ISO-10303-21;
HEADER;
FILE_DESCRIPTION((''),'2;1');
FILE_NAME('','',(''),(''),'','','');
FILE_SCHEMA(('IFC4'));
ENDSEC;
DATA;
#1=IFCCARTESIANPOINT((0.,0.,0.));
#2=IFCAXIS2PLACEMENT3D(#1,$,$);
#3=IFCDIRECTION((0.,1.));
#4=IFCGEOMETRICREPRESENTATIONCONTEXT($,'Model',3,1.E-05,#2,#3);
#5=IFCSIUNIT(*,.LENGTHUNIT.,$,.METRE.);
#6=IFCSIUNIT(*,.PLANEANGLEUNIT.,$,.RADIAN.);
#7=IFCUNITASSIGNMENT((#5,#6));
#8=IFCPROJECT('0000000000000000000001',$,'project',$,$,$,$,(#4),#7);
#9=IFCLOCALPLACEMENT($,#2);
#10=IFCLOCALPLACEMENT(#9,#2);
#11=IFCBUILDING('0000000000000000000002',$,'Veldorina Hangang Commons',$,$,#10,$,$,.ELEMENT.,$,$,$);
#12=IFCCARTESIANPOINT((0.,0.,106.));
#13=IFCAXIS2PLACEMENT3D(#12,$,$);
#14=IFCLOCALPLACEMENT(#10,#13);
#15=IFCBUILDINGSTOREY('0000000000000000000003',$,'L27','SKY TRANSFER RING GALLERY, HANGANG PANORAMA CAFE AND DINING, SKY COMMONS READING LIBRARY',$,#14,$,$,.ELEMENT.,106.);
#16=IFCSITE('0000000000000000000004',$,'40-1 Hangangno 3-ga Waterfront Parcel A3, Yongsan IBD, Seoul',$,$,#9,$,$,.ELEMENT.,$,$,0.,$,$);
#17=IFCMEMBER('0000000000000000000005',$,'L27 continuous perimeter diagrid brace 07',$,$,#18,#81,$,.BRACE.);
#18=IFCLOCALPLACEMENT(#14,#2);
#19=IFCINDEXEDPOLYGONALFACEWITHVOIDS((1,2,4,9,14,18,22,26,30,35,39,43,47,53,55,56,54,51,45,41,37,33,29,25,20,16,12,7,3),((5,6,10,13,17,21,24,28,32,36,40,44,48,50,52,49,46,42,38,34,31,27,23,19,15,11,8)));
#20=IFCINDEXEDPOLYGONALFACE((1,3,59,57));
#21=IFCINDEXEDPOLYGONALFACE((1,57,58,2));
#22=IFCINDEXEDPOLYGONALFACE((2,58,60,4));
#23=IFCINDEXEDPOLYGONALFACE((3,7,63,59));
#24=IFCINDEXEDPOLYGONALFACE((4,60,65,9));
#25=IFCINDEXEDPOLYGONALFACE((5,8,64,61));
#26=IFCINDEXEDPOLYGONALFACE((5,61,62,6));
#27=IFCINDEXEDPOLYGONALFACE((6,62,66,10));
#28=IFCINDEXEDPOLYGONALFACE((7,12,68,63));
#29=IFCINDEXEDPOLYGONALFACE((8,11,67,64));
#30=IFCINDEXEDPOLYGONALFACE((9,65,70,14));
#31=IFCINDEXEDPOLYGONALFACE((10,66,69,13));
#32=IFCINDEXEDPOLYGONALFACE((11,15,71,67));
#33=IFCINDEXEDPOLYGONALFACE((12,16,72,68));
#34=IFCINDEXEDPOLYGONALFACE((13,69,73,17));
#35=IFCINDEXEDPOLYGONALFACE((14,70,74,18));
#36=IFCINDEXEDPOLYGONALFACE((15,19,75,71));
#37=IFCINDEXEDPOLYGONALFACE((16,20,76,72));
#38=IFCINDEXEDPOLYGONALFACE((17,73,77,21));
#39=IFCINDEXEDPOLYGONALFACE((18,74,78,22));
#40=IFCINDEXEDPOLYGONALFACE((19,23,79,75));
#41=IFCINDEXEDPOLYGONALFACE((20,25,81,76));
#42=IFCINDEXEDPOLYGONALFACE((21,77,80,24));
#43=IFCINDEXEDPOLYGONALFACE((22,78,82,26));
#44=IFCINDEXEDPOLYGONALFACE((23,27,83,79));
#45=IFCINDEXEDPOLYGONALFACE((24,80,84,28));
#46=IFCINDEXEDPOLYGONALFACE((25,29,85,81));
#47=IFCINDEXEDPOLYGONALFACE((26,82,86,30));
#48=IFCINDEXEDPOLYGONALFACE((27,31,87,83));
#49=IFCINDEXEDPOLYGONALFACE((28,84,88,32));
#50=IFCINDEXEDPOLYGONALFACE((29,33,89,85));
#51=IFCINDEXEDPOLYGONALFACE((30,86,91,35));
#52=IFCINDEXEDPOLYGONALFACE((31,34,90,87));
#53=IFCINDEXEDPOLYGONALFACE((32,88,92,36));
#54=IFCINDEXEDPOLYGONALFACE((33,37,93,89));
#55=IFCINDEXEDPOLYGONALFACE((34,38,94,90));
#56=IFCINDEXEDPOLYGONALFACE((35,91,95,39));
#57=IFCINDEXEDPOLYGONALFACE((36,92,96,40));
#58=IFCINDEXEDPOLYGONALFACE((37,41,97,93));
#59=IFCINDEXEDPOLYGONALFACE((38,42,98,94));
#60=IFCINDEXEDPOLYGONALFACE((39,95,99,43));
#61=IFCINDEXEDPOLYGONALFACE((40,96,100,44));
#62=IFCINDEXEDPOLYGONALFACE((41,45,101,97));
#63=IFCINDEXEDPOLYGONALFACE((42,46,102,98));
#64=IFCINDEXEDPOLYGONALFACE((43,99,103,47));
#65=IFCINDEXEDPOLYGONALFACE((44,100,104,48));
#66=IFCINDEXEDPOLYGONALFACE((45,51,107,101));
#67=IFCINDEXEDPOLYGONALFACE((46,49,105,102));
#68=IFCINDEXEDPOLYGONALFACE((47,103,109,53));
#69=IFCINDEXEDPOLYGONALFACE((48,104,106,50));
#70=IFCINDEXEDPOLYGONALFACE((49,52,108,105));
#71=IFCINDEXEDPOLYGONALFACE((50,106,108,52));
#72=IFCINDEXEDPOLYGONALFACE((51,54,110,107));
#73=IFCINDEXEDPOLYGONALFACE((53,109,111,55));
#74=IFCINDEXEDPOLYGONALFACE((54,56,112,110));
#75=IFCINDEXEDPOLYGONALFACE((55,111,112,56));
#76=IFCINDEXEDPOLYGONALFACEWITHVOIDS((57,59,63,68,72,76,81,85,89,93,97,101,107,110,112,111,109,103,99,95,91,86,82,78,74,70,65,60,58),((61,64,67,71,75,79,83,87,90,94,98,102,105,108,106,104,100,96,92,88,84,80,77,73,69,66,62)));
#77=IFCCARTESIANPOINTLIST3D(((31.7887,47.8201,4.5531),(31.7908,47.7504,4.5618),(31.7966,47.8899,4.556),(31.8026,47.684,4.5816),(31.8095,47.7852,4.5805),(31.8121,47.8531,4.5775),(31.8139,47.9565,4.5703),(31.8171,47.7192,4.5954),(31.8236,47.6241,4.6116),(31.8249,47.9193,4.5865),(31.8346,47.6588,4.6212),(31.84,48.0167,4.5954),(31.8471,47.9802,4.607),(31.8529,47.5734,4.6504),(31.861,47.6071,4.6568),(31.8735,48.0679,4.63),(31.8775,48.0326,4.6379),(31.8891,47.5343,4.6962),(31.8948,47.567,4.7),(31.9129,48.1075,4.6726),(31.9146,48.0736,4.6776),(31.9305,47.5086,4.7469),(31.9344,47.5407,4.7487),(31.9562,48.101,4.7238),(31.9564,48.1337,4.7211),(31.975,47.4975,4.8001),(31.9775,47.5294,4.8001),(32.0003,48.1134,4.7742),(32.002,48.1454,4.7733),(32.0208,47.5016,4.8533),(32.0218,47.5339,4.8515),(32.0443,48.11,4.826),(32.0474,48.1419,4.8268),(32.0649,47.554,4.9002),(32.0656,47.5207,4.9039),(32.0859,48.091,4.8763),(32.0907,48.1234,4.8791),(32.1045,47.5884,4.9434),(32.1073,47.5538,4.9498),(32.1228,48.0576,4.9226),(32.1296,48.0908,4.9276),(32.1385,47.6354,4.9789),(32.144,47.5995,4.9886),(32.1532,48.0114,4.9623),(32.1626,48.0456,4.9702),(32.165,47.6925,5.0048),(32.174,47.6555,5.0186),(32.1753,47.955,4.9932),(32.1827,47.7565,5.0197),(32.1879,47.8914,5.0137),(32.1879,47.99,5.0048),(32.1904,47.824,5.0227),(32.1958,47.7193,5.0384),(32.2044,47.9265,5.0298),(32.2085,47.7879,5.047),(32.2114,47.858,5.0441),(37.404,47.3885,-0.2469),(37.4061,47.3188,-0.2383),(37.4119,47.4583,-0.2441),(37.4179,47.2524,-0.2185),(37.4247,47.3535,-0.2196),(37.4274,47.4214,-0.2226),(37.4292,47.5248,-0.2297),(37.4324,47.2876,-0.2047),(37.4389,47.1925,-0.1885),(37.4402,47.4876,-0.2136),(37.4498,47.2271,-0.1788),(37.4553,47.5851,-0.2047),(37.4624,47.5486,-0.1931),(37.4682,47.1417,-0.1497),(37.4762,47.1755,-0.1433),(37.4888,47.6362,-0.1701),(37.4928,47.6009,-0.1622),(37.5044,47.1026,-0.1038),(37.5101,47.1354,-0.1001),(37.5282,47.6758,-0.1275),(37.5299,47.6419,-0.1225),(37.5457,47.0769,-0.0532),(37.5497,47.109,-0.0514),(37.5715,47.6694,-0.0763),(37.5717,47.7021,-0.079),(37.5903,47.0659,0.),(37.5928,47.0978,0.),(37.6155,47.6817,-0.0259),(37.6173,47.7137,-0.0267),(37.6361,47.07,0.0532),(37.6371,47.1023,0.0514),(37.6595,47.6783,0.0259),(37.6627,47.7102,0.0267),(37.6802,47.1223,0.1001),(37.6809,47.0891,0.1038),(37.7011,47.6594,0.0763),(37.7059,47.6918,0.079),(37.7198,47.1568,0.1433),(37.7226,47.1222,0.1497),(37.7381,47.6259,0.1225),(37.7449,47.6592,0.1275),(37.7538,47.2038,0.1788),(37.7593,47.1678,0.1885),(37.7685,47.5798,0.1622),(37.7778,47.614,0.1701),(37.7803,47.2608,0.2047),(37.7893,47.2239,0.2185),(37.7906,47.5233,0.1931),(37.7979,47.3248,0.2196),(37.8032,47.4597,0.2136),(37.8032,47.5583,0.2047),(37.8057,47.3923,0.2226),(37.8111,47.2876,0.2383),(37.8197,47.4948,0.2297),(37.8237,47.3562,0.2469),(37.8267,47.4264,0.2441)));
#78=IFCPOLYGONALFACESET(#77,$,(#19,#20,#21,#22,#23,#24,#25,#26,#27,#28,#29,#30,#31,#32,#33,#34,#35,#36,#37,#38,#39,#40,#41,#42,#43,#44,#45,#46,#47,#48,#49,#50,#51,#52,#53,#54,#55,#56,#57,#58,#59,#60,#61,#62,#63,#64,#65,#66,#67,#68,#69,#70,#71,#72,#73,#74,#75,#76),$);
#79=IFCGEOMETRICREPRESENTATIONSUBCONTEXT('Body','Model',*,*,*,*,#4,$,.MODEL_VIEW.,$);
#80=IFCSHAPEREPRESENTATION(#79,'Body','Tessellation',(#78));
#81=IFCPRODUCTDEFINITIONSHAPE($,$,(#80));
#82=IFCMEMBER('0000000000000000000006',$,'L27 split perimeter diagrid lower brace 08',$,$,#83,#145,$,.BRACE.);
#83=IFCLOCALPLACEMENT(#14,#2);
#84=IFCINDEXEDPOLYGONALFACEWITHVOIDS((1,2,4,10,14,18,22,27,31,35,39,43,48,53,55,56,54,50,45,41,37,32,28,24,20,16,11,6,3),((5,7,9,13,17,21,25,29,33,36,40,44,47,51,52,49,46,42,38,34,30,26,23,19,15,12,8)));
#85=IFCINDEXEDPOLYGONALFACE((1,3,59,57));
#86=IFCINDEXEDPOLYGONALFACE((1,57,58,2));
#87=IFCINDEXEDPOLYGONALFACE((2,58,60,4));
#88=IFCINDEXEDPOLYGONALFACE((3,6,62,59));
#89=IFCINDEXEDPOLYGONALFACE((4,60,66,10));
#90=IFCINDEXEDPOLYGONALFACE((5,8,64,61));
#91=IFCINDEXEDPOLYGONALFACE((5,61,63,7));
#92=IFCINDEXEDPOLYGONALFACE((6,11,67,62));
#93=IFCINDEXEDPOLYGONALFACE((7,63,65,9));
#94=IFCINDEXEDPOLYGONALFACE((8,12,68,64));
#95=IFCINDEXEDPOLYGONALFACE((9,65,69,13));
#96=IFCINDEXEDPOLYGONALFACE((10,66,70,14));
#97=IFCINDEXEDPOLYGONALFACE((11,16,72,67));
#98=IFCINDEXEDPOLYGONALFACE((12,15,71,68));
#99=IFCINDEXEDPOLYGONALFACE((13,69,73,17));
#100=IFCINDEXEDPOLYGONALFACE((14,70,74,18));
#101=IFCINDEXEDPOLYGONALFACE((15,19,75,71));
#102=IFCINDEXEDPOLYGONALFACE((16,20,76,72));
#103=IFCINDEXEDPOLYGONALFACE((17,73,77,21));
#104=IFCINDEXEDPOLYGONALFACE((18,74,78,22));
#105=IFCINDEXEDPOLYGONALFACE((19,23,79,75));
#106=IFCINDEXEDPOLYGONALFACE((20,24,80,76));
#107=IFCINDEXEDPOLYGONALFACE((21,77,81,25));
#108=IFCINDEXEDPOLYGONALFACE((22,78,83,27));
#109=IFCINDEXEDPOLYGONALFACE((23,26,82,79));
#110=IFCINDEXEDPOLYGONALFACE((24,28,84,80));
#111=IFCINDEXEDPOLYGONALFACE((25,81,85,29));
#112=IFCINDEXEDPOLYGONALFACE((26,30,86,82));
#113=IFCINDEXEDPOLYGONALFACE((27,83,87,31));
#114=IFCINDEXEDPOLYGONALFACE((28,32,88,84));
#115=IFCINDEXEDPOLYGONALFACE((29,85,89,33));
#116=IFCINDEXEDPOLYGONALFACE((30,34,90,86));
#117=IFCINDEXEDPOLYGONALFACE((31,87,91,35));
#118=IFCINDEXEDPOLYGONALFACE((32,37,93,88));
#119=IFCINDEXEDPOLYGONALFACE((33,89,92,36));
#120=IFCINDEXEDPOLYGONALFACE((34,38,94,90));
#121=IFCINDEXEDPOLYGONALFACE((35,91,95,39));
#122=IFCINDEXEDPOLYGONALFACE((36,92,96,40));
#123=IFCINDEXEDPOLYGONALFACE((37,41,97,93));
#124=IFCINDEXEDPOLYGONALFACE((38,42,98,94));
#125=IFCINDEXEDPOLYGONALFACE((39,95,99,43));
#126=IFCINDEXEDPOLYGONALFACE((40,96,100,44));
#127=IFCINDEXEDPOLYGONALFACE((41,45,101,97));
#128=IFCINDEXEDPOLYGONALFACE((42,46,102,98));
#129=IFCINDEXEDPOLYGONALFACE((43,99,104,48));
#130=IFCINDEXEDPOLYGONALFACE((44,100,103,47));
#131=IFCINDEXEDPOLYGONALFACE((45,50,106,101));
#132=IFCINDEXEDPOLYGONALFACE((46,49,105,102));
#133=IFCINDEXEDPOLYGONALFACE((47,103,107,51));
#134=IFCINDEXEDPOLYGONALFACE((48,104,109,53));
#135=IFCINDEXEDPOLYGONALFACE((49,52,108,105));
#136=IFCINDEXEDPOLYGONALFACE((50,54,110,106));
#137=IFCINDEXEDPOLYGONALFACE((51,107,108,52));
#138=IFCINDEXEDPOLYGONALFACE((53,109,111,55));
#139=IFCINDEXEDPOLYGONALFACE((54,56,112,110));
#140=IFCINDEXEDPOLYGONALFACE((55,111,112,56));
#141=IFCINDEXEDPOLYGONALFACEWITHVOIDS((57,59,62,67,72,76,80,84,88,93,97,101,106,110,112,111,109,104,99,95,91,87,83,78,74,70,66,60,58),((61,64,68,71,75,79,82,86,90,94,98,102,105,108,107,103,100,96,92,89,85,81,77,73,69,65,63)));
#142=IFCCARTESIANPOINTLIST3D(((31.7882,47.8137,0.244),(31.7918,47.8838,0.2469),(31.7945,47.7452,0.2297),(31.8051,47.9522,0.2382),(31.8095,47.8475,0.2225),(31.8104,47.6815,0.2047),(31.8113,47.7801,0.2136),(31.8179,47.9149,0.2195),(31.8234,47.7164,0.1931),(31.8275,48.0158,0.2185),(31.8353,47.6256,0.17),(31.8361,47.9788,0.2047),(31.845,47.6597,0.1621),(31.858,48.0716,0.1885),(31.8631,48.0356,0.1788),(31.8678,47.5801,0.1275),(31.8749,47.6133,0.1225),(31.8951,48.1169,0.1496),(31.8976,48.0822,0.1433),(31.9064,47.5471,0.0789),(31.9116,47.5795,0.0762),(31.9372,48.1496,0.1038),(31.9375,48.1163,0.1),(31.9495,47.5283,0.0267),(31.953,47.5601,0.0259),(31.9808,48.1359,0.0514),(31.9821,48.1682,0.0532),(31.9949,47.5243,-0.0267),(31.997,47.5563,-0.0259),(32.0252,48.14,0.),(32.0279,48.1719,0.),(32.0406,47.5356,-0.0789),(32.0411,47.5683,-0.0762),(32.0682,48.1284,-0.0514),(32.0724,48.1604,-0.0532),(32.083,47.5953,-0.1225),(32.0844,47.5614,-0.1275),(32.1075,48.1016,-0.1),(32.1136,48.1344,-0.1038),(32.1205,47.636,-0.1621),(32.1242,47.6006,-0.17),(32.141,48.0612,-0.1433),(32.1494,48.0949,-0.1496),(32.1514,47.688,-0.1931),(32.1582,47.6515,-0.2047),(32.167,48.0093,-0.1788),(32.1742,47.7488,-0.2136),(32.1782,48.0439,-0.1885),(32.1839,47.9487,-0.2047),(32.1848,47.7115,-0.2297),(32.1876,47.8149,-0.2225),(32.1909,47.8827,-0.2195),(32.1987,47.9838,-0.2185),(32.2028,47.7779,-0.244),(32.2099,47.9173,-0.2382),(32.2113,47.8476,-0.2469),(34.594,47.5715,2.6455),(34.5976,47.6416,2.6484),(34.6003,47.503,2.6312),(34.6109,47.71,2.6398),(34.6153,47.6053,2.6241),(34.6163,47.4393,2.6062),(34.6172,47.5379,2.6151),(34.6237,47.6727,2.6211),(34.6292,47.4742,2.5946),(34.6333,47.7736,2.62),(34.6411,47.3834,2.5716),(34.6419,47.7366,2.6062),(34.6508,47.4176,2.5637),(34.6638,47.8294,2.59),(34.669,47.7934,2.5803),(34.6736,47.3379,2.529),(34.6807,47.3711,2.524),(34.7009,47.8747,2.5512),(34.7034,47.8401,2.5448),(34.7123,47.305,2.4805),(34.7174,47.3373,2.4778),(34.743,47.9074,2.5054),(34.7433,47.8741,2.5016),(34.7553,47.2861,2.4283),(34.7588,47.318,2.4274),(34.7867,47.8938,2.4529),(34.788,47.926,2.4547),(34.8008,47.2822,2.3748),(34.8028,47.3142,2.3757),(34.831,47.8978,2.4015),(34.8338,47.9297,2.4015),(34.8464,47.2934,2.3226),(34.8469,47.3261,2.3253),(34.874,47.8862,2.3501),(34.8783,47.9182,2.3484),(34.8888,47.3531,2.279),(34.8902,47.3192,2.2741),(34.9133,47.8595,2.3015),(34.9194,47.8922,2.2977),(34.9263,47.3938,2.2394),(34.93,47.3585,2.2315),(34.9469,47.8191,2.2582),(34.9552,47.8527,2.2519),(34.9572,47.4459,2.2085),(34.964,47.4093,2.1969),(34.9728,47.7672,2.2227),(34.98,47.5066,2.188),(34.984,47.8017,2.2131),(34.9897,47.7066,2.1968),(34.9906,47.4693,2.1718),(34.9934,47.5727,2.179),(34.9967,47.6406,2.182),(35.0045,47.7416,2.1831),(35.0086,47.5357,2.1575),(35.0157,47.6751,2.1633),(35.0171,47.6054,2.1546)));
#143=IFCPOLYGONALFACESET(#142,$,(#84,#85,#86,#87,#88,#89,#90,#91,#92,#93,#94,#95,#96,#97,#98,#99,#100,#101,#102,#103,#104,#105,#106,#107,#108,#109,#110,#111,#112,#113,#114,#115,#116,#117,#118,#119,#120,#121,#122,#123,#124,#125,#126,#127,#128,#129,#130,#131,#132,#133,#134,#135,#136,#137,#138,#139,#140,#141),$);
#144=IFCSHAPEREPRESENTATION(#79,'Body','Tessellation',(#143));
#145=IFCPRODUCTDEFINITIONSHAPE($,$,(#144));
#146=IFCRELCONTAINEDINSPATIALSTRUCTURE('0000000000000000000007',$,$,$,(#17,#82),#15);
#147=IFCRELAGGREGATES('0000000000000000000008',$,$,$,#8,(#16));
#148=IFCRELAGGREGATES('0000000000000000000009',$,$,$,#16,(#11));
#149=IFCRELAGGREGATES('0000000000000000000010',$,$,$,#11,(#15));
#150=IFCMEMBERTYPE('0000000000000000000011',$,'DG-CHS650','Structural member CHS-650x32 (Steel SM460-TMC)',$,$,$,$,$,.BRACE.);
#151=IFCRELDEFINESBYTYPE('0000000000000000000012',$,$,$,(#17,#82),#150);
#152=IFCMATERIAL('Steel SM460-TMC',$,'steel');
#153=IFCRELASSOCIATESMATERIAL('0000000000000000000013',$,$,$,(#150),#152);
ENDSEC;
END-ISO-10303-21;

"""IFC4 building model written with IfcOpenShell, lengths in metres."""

from ifc_helpers import new_model, si_unit, direction, frame, origin, origin_2d, place, context, subcontext, project, spatial, hollow_circle, extrude, material, material_profile, profile_set, type_object, element, save


model = new_model("IFC4")

# Units and contexts
model_context = context("Model", 3, precision=1e-05, world=origin(), true_north=direction((0.0, 1.0)))
body_context = subcontext(model_context, "Body", "Model", "MODEL_VIEW")
ifc_project = project(units=[si_unit("LENGTHUNIT", "METRE"), si_unit("PLANEANGLEUNIT", "RADIAN")], contexts=[model_context])

# Site, building, storey
site_placement = place(None, origin())
site = spatial("IfcSite", under=ifc_project, at=site_placement, Name="40-1 Hangangno 3-ga Waterfront Parcel A3, Yongsan IBD, Seoul", CompositionType="ELEMENT", RefElevation=0.0)
building_placement = place(site_placement, origin())
building = spatial("IfcBuilding", under=site, at=building_placement, Name="Veldorina Hangang Commons", CompositionType="ELEMENT")
storey_placement = place(building_placement, frame((0.0, 0.0, 106.0)))
storey = spatial("IfcBuildingStorey", under=building, at=storey_placement, Name="L27", Description="SKY TRANSFER RING GALLERY, HANGANG PANORAMA CAFE AND DINING, SKY COMMONS READING LIBRARY", CompositionType="ELEMENT", Elevation=106.0)

# Members
ifc_material_1 = material(Name="Steel SM460-TMC", Category="steel")
ifc_material_profile_1 = material_profile(ifc_material_1, hollow_circle(Radius=0.325, WallThickness=0.032, at=origin_2d()), Name="CHS-650x32")
ifc_profile_set_1 = profile_set([ifc_material_profile_1], Name="Steel SM460-TMC")
member_type_1 = type_object("IfcMemberType", Name="DG-CHS650", Description="Structural member CHS-650x32 (Steel SM460-TMC)", PredefinedType="BRACE", material=ifc_profile_set_1)
member_1_placement = place(storey_placement, frame((37.6152, 47.3899, 0.0), z_axis=(-0.758832, 0.058331, 0.648669), x_axis=(-0.076643, -0.997059, 0.0)))
element("IfcMember", 1, at=member_1_placement, inside=storey, type_object=member_type_1, Name="L27 continuous perimeter diagrid brace 07", PredefinedType="BRACE", context=body_context, shape_type="SweptSolid", body=[
    extrude(hollow_circle(Radius=0.325, WallThickness=0.032, at=origin_2d()), origin(), (0.0, 0.0, 1.0), 7.3999),
])
member_2_placement = place(storey_placement, frame((32.0, 47.8481, 0.0), z_axis=(0.75809, -0.065433, 0.648859), x_axis=(0.085994, 0.996296, 0.0)))
element("IfcMember", 2, at=member_2_placement, inside=storey, type_object=member_type_1, Name="L27 split perimeter diagrid lower brace 08", PredefinedType="BRACE", context=body_context, shape_type="SweptSolid", body=[
    extrude(hollow_circle(Radius=0.325, WallThickness=0.032, at=origin_2d()), origin(), (0.0, 0.0, 1.0), 3.7012),
])

save(model, "model.ifc")
